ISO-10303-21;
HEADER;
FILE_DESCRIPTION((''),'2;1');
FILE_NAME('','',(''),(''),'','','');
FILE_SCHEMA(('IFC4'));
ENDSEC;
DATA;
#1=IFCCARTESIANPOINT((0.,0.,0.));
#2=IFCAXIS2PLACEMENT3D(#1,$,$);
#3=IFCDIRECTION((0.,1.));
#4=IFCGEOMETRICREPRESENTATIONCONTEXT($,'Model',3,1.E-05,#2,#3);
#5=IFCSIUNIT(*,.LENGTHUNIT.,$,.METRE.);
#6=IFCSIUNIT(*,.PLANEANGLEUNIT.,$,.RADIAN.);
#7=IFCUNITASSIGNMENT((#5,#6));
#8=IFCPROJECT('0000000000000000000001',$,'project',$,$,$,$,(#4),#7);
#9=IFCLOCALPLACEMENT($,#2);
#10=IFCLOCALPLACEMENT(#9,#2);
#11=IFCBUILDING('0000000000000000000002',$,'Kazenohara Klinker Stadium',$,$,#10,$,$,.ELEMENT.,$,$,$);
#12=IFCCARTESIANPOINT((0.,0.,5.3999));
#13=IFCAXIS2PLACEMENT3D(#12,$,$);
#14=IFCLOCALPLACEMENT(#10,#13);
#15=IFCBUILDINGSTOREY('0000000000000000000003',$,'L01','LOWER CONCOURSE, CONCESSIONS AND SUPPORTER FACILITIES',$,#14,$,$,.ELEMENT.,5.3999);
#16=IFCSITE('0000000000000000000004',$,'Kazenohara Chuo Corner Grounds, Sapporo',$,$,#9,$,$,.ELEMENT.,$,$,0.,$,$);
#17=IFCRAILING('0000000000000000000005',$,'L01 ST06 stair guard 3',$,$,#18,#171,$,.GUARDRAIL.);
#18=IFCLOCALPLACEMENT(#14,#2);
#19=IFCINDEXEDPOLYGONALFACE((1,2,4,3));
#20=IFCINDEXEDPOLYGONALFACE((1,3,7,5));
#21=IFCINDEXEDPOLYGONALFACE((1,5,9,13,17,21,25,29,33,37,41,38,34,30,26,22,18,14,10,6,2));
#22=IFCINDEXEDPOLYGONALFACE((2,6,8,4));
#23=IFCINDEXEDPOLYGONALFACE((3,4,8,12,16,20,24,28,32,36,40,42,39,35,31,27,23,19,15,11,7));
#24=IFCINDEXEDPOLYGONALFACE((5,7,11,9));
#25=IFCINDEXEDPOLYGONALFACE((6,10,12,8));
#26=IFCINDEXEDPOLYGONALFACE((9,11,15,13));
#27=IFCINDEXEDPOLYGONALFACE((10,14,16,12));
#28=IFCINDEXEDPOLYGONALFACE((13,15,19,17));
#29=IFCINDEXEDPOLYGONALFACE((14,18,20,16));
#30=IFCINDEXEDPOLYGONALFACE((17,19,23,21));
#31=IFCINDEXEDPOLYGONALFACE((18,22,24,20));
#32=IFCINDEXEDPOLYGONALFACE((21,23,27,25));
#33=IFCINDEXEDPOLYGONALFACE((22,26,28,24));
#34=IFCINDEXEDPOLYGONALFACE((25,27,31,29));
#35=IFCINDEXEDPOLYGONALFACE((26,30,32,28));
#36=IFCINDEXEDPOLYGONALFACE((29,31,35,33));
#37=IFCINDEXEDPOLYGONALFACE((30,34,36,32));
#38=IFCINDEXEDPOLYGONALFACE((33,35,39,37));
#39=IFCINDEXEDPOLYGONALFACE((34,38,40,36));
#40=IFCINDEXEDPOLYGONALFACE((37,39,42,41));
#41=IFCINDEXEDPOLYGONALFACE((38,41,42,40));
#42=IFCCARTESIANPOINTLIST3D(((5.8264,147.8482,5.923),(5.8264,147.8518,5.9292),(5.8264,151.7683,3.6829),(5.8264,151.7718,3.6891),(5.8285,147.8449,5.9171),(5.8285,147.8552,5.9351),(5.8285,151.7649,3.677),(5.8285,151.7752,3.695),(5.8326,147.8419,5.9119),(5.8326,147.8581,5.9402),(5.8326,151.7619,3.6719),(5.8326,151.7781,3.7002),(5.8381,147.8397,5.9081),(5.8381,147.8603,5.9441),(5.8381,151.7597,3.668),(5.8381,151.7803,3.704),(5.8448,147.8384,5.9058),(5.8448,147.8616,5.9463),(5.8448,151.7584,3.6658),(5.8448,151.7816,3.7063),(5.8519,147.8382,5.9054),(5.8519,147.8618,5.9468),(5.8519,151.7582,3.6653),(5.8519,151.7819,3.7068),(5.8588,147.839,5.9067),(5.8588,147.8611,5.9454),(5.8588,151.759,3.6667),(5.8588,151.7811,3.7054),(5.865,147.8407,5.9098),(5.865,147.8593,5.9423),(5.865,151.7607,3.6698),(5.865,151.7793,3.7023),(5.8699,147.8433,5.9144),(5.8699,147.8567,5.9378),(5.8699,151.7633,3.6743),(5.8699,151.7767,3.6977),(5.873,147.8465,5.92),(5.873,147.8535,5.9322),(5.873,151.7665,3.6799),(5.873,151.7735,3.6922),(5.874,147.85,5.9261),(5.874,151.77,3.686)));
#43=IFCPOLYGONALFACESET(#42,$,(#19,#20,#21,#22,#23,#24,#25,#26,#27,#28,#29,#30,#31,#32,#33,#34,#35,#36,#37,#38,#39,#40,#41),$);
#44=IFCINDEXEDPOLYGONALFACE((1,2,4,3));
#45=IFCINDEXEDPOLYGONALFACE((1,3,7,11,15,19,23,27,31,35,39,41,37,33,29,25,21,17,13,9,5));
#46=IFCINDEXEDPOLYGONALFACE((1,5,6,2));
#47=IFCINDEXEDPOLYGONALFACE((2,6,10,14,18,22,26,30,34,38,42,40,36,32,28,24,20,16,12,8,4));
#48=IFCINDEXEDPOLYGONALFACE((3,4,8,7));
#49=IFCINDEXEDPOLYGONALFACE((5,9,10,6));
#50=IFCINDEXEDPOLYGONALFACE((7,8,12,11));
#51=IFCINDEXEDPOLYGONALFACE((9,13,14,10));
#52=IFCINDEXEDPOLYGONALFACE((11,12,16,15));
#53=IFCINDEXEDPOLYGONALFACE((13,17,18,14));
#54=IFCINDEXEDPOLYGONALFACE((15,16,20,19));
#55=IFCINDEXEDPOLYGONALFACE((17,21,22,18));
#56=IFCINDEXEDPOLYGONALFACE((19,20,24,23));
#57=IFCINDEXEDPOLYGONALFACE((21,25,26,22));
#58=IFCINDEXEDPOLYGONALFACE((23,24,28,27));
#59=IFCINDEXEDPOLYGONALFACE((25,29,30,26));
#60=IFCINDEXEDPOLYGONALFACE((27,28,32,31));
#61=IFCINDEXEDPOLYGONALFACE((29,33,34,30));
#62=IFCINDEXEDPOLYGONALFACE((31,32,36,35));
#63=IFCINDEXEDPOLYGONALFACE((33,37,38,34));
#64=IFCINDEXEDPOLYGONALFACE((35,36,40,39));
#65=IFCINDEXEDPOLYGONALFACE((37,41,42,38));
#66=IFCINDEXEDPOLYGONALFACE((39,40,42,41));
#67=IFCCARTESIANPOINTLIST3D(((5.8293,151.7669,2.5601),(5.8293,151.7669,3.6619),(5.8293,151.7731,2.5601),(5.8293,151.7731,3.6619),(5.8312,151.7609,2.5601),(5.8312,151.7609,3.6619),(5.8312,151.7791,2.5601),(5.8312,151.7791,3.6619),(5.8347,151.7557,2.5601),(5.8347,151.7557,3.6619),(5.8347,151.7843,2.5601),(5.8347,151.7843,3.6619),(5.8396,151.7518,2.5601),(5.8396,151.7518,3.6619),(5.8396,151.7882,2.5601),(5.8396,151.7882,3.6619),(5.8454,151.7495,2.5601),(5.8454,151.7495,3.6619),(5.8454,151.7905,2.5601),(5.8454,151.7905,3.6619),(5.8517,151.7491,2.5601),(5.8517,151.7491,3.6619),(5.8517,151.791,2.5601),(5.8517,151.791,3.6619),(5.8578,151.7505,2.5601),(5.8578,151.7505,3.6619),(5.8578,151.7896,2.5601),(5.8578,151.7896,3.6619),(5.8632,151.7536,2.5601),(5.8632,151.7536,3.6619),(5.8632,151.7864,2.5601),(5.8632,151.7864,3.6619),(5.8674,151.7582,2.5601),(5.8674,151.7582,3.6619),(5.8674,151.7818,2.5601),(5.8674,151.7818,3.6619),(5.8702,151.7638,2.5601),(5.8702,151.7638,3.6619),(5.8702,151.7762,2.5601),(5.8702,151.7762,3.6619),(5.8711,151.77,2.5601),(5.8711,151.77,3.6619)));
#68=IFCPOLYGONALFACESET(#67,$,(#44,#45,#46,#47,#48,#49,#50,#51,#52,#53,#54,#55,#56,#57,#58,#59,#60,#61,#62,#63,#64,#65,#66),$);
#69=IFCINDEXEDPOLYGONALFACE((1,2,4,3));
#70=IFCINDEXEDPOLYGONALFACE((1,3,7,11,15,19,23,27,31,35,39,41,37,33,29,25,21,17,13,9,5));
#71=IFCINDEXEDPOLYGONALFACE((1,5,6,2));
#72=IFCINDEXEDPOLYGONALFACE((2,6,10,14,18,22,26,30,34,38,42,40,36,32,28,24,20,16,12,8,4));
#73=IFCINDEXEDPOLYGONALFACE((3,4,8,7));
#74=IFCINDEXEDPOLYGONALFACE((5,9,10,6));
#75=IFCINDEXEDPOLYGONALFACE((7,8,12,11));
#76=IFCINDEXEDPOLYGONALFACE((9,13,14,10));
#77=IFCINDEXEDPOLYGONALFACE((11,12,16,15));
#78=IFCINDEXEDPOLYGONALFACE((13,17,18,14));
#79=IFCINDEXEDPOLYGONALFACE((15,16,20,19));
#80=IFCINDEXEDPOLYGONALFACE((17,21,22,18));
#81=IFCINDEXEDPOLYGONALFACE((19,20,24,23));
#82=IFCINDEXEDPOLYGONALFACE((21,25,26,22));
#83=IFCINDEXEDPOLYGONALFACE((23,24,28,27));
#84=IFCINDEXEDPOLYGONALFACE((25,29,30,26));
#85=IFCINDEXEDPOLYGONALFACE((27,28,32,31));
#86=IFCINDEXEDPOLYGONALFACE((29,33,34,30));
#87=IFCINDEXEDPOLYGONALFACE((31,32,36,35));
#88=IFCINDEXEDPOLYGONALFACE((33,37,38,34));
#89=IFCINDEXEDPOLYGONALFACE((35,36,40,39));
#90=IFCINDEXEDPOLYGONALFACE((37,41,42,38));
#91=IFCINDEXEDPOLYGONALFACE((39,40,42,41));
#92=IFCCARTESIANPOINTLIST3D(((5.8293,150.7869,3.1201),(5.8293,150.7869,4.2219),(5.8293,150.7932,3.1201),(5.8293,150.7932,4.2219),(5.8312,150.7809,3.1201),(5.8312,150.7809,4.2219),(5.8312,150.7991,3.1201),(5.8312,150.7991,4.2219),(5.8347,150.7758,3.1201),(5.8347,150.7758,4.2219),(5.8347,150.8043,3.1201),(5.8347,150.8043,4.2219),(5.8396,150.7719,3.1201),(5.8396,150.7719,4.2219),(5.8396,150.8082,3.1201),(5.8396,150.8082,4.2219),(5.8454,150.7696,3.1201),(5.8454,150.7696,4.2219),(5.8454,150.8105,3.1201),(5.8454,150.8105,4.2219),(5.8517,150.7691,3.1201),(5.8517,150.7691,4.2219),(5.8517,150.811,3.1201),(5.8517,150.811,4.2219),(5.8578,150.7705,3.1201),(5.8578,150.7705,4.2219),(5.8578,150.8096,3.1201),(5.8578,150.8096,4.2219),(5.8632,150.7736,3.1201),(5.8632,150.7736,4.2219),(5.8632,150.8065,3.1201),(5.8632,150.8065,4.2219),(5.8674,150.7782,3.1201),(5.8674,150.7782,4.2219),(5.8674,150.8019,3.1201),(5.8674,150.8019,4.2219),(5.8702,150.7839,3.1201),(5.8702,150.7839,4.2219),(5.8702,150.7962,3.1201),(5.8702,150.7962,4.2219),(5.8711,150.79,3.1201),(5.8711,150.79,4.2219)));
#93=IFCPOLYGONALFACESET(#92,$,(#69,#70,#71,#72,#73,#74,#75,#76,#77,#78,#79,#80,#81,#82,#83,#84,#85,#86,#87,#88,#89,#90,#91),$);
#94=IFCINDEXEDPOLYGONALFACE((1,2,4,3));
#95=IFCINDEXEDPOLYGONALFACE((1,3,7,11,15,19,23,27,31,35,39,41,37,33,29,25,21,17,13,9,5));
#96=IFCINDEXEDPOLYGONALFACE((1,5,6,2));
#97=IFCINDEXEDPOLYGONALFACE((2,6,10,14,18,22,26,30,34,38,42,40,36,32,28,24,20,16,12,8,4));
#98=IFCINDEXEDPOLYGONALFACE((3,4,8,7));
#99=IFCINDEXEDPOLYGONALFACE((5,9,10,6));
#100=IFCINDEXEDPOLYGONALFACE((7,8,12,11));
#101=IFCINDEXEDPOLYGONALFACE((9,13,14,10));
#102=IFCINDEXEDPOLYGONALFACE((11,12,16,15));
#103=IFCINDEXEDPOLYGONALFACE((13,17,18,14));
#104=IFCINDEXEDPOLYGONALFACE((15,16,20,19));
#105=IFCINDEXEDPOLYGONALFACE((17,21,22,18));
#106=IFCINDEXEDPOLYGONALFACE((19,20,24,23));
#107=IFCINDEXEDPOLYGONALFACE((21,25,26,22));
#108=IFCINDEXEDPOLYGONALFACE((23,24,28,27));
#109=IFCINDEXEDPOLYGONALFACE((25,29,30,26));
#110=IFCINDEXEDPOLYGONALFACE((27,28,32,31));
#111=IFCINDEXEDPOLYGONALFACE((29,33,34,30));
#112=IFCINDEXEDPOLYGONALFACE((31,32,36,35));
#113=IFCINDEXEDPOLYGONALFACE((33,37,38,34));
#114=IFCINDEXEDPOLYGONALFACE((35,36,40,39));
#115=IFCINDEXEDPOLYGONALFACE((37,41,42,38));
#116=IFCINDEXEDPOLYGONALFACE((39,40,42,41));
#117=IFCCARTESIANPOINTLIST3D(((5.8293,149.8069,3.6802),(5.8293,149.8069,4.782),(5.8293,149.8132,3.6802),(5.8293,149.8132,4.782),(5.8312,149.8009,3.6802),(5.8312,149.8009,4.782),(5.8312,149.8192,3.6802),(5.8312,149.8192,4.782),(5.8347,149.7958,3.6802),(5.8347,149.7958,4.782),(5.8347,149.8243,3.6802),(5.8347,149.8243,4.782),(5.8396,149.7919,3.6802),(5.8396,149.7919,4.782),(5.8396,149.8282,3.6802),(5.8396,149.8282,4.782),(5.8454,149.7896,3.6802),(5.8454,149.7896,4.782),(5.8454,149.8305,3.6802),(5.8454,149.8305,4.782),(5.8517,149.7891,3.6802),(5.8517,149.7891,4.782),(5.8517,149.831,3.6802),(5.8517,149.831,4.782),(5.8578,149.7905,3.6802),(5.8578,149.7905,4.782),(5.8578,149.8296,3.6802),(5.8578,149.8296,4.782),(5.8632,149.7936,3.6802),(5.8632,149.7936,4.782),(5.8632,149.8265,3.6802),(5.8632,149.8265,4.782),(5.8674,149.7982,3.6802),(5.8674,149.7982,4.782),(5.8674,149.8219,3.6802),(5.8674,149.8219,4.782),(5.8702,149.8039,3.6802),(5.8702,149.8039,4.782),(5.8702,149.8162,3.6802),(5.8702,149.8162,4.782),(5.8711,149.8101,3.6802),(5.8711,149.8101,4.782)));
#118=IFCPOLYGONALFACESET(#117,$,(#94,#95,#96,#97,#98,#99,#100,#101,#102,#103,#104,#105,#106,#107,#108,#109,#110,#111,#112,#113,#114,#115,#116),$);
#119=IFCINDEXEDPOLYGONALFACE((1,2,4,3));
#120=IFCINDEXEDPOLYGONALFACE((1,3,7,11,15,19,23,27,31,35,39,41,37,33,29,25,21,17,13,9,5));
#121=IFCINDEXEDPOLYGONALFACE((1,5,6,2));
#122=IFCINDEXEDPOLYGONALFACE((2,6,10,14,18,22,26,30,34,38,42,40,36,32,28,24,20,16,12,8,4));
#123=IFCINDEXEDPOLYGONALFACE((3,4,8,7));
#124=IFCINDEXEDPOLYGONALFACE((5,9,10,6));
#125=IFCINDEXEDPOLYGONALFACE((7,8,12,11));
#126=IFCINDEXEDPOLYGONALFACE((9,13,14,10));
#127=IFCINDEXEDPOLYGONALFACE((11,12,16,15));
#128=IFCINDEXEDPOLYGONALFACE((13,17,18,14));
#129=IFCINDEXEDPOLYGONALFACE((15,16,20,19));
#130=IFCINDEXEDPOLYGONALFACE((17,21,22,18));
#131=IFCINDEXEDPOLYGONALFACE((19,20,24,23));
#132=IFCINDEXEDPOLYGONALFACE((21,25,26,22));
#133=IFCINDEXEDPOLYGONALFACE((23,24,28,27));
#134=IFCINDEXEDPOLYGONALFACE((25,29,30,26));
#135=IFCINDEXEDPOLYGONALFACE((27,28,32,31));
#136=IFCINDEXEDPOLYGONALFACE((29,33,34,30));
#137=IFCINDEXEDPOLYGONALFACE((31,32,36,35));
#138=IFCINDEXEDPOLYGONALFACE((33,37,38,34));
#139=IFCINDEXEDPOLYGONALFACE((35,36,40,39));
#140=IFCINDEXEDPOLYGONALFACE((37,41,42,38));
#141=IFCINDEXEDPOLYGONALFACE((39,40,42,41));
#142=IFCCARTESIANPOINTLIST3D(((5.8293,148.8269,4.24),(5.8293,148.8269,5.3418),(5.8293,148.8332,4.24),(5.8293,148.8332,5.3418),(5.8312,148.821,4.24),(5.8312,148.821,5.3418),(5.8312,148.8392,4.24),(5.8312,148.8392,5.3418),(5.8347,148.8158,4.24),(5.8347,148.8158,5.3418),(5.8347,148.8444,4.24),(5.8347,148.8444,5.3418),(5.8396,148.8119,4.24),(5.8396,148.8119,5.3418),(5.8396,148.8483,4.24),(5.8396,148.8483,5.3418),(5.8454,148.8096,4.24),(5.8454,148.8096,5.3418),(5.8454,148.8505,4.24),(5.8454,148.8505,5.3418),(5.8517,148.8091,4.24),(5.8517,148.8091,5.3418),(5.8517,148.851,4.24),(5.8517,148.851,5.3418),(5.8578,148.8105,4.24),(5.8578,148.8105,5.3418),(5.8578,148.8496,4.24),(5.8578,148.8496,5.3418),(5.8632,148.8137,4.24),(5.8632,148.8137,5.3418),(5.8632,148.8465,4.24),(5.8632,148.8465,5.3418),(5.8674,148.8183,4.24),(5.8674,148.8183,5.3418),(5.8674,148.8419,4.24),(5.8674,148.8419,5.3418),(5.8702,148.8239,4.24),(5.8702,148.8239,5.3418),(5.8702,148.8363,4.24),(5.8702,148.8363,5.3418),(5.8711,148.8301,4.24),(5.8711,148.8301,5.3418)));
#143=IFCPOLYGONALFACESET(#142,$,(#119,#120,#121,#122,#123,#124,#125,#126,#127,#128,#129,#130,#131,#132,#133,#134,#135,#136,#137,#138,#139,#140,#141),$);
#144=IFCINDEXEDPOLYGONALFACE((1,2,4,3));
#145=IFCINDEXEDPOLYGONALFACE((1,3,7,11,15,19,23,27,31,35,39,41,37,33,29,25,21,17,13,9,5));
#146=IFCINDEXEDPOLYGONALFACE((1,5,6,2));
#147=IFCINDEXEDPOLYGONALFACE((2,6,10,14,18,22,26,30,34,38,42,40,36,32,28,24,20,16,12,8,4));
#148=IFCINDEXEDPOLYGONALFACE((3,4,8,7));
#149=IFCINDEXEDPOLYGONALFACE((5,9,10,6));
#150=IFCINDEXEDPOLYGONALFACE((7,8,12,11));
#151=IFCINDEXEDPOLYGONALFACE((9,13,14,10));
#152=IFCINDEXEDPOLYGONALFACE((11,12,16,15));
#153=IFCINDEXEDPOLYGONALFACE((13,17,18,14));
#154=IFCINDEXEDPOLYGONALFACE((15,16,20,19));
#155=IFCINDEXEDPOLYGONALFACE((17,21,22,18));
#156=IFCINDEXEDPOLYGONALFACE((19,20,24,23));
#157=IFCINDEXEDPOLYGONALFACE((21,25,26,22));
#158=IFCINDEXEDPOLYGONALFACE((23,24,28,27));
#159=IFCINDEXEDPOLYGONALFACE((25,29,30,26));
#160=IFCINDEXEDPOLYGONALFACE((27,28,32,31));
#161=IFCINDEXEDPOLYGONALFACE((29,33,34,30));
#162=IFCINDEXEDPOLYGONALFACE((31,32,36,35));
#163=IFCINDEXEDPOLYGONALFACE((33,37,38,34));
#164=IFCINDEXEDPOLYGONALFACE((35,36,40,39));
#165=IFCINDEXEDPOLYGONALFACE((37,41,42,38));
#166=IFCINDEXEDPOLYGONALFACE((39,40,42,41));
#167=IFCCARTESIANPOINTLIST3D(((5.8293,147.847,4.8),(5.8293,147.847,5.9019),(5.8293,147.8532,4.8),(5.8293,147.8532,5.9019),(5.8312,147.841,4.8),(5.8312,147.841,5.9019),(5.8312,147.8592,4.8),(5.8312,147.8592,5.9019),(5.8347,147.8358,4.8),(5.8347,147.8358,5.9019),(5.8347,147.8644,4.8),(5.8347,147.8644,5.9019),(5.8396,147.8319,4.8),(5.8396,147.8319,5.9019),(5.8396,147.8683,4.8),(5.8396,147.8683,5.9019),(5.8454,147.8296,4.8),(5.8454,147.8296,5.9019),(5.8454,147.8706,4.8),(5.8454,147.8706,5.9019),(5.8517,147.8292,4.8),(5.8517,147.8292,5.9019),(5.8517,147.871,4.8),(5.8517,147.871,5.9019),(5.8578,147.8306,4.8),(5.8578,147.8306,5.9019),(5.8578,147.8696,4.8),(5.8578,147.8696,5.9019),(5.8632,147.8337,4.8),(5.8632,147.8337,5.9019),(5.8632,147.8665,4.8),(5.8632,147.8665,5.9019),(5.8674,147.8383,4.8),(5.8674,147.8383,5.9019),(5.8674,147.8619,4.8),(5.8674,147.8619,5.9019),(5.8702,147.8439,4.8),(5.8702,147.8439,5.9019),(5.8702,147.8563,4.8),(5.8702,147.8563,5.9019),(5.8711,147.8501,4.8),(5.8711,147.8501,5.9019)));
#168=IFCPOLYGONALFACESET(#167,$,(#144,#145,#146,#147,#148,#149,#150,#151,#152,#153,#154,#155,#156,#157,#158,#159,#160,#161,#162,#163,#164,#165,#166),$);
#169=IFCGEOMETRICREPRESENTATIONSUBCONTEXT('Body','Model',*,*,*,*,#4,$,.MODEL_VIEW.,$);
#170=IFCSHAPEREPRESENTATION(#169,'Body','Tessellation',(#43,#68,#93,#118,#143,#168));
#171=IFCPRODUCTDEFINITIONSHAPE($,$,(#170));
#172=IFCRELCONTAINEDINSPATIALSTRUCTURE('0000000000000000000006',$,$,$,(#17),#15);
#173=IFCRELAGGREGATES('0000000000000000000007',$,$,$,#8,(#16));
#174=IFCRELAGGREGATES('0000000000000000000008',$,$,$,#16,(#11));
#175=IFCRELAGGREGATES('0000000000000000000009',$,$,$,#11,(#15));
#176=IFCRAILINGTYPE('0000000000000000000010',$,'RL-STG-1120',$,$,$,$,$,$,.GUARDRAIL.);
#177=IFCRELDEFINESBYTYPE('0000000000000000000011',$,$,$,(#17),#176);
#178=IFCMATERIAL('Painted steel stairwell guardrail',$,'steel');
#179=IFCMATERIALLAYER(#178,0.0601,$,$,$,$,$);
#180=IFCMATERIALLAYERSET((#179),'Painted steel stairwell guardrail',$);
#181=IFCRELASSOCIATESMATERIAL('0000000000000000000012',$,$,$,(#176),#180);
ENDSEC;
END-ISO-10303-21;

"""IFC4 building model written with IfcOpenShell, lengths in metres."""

from ifc_helpers import new_model, si_unit, direction, frame, origin, origin_2d, place, context, subcontext, project, spatial, circle, extrude, material, layer, layer_set, type_object, element, save


model = new_model("IFC4")

# Units and contexts
model_context = context("Model", 3, precision=1e-05, world=origin(), true_north=direction((0.0, 1.0)))
body_context = subcontext(model_context, "Body", "Model", "MODEL_VIEW")
ifc_project = project(units=[si_unit("LENGTHUNIT", "METRE"), si_unit("PLANEANGLEUNIT", "RADIAN")], contexts=[model_context])

# Site, building, storey
site_placement = place(None, origin())
site = spatial("IfcSite", under=ifc_project, at=site_placement, Name="Kazenohara Chuo Corner Grounds, Sapporo", CompositionType="ELEMENT", RefElevation=0.0)
building_placement = place(site_placement, origin())
building = spatial("IfcBuilding", under=site, at=building_placement, Name="Kazenohara Klinker Stadium", CompositionType="ELEMENT")
storey_placement = place(building_placement, frame((0.0, 0.0, 5.3999)))
storey = spatial("IfcBuildingStorey", under=building, at=storey_placement, Name="L01", Description="LOWER CONCOURSE, CONCESSIONS AND SUPPORTER FACILITIES", CompositionType="ELEMENT", Elevation=5.3999)

# Railing
ifc_material_1 = material(Name="Painted steel stairwell guardrail", Category="steel")
ifc_layer_1 = layer(ifc_material_1, 0.0601)
ifc_layer_set_1 = layer_set([ifc_layer_1], Name="Painted steel stairwell guardrail")
railing_type_1 = type_object("IfcRailingType", Name="RL-STG-1120", PredefinedType="GUARDRAIL", material=ifc_layer_set_1)
railing_1_placement = place(storey_placement, frame((5.8501, 151.77, 2.5601)))
element("IfcRailing", 1, at=railing_1_placement, inside=storey, type_object=railing_type_1, Name="L01 ST06 stair guard 3", PredefinedType="GUARDRAIL", context=body_context, shape_type="SweptSolid", body=[
    extrude(circle(Radius=0.0239, at=origin_2d()), frame((0.0, 0.0, 1.126), z_axis=(0.0, -0.86824, 0.496145), x_axis=(1.0, 0.0, 0.0)), (0.0, 0.0, 1.0), 4.5149),
    extrude(circle(Radius=0.021, at=origin_2d()), origin(), (0.0, 0.0, 1.0), 1.1018),
    extrude(circle(Radius=0.021, at=origin_2d()), frame((0.0, -0.98, 0.5601)), (0.0, 0.0, 1.0), 1.1018),
    extrude(circle(Radius=0.021, at=origin_2d()), frame((0.0, -1.96, 1.1201)), (0.0, 0.0, 1.0), 1.1018),
    extrude(circle(Radius=0.021, at=origin_2d()), frame((0.0, -2.9399, 1.6799)), (0.0, 0.0, 1.0), 1.1018),
    extrude(circle(Radius=0.021, at=origin_2d()), frame((0.0, -3.9199, 2.24)), (0.0, 0.0, 1.0), 1.1018),
])

save(model, "model.ifc")
